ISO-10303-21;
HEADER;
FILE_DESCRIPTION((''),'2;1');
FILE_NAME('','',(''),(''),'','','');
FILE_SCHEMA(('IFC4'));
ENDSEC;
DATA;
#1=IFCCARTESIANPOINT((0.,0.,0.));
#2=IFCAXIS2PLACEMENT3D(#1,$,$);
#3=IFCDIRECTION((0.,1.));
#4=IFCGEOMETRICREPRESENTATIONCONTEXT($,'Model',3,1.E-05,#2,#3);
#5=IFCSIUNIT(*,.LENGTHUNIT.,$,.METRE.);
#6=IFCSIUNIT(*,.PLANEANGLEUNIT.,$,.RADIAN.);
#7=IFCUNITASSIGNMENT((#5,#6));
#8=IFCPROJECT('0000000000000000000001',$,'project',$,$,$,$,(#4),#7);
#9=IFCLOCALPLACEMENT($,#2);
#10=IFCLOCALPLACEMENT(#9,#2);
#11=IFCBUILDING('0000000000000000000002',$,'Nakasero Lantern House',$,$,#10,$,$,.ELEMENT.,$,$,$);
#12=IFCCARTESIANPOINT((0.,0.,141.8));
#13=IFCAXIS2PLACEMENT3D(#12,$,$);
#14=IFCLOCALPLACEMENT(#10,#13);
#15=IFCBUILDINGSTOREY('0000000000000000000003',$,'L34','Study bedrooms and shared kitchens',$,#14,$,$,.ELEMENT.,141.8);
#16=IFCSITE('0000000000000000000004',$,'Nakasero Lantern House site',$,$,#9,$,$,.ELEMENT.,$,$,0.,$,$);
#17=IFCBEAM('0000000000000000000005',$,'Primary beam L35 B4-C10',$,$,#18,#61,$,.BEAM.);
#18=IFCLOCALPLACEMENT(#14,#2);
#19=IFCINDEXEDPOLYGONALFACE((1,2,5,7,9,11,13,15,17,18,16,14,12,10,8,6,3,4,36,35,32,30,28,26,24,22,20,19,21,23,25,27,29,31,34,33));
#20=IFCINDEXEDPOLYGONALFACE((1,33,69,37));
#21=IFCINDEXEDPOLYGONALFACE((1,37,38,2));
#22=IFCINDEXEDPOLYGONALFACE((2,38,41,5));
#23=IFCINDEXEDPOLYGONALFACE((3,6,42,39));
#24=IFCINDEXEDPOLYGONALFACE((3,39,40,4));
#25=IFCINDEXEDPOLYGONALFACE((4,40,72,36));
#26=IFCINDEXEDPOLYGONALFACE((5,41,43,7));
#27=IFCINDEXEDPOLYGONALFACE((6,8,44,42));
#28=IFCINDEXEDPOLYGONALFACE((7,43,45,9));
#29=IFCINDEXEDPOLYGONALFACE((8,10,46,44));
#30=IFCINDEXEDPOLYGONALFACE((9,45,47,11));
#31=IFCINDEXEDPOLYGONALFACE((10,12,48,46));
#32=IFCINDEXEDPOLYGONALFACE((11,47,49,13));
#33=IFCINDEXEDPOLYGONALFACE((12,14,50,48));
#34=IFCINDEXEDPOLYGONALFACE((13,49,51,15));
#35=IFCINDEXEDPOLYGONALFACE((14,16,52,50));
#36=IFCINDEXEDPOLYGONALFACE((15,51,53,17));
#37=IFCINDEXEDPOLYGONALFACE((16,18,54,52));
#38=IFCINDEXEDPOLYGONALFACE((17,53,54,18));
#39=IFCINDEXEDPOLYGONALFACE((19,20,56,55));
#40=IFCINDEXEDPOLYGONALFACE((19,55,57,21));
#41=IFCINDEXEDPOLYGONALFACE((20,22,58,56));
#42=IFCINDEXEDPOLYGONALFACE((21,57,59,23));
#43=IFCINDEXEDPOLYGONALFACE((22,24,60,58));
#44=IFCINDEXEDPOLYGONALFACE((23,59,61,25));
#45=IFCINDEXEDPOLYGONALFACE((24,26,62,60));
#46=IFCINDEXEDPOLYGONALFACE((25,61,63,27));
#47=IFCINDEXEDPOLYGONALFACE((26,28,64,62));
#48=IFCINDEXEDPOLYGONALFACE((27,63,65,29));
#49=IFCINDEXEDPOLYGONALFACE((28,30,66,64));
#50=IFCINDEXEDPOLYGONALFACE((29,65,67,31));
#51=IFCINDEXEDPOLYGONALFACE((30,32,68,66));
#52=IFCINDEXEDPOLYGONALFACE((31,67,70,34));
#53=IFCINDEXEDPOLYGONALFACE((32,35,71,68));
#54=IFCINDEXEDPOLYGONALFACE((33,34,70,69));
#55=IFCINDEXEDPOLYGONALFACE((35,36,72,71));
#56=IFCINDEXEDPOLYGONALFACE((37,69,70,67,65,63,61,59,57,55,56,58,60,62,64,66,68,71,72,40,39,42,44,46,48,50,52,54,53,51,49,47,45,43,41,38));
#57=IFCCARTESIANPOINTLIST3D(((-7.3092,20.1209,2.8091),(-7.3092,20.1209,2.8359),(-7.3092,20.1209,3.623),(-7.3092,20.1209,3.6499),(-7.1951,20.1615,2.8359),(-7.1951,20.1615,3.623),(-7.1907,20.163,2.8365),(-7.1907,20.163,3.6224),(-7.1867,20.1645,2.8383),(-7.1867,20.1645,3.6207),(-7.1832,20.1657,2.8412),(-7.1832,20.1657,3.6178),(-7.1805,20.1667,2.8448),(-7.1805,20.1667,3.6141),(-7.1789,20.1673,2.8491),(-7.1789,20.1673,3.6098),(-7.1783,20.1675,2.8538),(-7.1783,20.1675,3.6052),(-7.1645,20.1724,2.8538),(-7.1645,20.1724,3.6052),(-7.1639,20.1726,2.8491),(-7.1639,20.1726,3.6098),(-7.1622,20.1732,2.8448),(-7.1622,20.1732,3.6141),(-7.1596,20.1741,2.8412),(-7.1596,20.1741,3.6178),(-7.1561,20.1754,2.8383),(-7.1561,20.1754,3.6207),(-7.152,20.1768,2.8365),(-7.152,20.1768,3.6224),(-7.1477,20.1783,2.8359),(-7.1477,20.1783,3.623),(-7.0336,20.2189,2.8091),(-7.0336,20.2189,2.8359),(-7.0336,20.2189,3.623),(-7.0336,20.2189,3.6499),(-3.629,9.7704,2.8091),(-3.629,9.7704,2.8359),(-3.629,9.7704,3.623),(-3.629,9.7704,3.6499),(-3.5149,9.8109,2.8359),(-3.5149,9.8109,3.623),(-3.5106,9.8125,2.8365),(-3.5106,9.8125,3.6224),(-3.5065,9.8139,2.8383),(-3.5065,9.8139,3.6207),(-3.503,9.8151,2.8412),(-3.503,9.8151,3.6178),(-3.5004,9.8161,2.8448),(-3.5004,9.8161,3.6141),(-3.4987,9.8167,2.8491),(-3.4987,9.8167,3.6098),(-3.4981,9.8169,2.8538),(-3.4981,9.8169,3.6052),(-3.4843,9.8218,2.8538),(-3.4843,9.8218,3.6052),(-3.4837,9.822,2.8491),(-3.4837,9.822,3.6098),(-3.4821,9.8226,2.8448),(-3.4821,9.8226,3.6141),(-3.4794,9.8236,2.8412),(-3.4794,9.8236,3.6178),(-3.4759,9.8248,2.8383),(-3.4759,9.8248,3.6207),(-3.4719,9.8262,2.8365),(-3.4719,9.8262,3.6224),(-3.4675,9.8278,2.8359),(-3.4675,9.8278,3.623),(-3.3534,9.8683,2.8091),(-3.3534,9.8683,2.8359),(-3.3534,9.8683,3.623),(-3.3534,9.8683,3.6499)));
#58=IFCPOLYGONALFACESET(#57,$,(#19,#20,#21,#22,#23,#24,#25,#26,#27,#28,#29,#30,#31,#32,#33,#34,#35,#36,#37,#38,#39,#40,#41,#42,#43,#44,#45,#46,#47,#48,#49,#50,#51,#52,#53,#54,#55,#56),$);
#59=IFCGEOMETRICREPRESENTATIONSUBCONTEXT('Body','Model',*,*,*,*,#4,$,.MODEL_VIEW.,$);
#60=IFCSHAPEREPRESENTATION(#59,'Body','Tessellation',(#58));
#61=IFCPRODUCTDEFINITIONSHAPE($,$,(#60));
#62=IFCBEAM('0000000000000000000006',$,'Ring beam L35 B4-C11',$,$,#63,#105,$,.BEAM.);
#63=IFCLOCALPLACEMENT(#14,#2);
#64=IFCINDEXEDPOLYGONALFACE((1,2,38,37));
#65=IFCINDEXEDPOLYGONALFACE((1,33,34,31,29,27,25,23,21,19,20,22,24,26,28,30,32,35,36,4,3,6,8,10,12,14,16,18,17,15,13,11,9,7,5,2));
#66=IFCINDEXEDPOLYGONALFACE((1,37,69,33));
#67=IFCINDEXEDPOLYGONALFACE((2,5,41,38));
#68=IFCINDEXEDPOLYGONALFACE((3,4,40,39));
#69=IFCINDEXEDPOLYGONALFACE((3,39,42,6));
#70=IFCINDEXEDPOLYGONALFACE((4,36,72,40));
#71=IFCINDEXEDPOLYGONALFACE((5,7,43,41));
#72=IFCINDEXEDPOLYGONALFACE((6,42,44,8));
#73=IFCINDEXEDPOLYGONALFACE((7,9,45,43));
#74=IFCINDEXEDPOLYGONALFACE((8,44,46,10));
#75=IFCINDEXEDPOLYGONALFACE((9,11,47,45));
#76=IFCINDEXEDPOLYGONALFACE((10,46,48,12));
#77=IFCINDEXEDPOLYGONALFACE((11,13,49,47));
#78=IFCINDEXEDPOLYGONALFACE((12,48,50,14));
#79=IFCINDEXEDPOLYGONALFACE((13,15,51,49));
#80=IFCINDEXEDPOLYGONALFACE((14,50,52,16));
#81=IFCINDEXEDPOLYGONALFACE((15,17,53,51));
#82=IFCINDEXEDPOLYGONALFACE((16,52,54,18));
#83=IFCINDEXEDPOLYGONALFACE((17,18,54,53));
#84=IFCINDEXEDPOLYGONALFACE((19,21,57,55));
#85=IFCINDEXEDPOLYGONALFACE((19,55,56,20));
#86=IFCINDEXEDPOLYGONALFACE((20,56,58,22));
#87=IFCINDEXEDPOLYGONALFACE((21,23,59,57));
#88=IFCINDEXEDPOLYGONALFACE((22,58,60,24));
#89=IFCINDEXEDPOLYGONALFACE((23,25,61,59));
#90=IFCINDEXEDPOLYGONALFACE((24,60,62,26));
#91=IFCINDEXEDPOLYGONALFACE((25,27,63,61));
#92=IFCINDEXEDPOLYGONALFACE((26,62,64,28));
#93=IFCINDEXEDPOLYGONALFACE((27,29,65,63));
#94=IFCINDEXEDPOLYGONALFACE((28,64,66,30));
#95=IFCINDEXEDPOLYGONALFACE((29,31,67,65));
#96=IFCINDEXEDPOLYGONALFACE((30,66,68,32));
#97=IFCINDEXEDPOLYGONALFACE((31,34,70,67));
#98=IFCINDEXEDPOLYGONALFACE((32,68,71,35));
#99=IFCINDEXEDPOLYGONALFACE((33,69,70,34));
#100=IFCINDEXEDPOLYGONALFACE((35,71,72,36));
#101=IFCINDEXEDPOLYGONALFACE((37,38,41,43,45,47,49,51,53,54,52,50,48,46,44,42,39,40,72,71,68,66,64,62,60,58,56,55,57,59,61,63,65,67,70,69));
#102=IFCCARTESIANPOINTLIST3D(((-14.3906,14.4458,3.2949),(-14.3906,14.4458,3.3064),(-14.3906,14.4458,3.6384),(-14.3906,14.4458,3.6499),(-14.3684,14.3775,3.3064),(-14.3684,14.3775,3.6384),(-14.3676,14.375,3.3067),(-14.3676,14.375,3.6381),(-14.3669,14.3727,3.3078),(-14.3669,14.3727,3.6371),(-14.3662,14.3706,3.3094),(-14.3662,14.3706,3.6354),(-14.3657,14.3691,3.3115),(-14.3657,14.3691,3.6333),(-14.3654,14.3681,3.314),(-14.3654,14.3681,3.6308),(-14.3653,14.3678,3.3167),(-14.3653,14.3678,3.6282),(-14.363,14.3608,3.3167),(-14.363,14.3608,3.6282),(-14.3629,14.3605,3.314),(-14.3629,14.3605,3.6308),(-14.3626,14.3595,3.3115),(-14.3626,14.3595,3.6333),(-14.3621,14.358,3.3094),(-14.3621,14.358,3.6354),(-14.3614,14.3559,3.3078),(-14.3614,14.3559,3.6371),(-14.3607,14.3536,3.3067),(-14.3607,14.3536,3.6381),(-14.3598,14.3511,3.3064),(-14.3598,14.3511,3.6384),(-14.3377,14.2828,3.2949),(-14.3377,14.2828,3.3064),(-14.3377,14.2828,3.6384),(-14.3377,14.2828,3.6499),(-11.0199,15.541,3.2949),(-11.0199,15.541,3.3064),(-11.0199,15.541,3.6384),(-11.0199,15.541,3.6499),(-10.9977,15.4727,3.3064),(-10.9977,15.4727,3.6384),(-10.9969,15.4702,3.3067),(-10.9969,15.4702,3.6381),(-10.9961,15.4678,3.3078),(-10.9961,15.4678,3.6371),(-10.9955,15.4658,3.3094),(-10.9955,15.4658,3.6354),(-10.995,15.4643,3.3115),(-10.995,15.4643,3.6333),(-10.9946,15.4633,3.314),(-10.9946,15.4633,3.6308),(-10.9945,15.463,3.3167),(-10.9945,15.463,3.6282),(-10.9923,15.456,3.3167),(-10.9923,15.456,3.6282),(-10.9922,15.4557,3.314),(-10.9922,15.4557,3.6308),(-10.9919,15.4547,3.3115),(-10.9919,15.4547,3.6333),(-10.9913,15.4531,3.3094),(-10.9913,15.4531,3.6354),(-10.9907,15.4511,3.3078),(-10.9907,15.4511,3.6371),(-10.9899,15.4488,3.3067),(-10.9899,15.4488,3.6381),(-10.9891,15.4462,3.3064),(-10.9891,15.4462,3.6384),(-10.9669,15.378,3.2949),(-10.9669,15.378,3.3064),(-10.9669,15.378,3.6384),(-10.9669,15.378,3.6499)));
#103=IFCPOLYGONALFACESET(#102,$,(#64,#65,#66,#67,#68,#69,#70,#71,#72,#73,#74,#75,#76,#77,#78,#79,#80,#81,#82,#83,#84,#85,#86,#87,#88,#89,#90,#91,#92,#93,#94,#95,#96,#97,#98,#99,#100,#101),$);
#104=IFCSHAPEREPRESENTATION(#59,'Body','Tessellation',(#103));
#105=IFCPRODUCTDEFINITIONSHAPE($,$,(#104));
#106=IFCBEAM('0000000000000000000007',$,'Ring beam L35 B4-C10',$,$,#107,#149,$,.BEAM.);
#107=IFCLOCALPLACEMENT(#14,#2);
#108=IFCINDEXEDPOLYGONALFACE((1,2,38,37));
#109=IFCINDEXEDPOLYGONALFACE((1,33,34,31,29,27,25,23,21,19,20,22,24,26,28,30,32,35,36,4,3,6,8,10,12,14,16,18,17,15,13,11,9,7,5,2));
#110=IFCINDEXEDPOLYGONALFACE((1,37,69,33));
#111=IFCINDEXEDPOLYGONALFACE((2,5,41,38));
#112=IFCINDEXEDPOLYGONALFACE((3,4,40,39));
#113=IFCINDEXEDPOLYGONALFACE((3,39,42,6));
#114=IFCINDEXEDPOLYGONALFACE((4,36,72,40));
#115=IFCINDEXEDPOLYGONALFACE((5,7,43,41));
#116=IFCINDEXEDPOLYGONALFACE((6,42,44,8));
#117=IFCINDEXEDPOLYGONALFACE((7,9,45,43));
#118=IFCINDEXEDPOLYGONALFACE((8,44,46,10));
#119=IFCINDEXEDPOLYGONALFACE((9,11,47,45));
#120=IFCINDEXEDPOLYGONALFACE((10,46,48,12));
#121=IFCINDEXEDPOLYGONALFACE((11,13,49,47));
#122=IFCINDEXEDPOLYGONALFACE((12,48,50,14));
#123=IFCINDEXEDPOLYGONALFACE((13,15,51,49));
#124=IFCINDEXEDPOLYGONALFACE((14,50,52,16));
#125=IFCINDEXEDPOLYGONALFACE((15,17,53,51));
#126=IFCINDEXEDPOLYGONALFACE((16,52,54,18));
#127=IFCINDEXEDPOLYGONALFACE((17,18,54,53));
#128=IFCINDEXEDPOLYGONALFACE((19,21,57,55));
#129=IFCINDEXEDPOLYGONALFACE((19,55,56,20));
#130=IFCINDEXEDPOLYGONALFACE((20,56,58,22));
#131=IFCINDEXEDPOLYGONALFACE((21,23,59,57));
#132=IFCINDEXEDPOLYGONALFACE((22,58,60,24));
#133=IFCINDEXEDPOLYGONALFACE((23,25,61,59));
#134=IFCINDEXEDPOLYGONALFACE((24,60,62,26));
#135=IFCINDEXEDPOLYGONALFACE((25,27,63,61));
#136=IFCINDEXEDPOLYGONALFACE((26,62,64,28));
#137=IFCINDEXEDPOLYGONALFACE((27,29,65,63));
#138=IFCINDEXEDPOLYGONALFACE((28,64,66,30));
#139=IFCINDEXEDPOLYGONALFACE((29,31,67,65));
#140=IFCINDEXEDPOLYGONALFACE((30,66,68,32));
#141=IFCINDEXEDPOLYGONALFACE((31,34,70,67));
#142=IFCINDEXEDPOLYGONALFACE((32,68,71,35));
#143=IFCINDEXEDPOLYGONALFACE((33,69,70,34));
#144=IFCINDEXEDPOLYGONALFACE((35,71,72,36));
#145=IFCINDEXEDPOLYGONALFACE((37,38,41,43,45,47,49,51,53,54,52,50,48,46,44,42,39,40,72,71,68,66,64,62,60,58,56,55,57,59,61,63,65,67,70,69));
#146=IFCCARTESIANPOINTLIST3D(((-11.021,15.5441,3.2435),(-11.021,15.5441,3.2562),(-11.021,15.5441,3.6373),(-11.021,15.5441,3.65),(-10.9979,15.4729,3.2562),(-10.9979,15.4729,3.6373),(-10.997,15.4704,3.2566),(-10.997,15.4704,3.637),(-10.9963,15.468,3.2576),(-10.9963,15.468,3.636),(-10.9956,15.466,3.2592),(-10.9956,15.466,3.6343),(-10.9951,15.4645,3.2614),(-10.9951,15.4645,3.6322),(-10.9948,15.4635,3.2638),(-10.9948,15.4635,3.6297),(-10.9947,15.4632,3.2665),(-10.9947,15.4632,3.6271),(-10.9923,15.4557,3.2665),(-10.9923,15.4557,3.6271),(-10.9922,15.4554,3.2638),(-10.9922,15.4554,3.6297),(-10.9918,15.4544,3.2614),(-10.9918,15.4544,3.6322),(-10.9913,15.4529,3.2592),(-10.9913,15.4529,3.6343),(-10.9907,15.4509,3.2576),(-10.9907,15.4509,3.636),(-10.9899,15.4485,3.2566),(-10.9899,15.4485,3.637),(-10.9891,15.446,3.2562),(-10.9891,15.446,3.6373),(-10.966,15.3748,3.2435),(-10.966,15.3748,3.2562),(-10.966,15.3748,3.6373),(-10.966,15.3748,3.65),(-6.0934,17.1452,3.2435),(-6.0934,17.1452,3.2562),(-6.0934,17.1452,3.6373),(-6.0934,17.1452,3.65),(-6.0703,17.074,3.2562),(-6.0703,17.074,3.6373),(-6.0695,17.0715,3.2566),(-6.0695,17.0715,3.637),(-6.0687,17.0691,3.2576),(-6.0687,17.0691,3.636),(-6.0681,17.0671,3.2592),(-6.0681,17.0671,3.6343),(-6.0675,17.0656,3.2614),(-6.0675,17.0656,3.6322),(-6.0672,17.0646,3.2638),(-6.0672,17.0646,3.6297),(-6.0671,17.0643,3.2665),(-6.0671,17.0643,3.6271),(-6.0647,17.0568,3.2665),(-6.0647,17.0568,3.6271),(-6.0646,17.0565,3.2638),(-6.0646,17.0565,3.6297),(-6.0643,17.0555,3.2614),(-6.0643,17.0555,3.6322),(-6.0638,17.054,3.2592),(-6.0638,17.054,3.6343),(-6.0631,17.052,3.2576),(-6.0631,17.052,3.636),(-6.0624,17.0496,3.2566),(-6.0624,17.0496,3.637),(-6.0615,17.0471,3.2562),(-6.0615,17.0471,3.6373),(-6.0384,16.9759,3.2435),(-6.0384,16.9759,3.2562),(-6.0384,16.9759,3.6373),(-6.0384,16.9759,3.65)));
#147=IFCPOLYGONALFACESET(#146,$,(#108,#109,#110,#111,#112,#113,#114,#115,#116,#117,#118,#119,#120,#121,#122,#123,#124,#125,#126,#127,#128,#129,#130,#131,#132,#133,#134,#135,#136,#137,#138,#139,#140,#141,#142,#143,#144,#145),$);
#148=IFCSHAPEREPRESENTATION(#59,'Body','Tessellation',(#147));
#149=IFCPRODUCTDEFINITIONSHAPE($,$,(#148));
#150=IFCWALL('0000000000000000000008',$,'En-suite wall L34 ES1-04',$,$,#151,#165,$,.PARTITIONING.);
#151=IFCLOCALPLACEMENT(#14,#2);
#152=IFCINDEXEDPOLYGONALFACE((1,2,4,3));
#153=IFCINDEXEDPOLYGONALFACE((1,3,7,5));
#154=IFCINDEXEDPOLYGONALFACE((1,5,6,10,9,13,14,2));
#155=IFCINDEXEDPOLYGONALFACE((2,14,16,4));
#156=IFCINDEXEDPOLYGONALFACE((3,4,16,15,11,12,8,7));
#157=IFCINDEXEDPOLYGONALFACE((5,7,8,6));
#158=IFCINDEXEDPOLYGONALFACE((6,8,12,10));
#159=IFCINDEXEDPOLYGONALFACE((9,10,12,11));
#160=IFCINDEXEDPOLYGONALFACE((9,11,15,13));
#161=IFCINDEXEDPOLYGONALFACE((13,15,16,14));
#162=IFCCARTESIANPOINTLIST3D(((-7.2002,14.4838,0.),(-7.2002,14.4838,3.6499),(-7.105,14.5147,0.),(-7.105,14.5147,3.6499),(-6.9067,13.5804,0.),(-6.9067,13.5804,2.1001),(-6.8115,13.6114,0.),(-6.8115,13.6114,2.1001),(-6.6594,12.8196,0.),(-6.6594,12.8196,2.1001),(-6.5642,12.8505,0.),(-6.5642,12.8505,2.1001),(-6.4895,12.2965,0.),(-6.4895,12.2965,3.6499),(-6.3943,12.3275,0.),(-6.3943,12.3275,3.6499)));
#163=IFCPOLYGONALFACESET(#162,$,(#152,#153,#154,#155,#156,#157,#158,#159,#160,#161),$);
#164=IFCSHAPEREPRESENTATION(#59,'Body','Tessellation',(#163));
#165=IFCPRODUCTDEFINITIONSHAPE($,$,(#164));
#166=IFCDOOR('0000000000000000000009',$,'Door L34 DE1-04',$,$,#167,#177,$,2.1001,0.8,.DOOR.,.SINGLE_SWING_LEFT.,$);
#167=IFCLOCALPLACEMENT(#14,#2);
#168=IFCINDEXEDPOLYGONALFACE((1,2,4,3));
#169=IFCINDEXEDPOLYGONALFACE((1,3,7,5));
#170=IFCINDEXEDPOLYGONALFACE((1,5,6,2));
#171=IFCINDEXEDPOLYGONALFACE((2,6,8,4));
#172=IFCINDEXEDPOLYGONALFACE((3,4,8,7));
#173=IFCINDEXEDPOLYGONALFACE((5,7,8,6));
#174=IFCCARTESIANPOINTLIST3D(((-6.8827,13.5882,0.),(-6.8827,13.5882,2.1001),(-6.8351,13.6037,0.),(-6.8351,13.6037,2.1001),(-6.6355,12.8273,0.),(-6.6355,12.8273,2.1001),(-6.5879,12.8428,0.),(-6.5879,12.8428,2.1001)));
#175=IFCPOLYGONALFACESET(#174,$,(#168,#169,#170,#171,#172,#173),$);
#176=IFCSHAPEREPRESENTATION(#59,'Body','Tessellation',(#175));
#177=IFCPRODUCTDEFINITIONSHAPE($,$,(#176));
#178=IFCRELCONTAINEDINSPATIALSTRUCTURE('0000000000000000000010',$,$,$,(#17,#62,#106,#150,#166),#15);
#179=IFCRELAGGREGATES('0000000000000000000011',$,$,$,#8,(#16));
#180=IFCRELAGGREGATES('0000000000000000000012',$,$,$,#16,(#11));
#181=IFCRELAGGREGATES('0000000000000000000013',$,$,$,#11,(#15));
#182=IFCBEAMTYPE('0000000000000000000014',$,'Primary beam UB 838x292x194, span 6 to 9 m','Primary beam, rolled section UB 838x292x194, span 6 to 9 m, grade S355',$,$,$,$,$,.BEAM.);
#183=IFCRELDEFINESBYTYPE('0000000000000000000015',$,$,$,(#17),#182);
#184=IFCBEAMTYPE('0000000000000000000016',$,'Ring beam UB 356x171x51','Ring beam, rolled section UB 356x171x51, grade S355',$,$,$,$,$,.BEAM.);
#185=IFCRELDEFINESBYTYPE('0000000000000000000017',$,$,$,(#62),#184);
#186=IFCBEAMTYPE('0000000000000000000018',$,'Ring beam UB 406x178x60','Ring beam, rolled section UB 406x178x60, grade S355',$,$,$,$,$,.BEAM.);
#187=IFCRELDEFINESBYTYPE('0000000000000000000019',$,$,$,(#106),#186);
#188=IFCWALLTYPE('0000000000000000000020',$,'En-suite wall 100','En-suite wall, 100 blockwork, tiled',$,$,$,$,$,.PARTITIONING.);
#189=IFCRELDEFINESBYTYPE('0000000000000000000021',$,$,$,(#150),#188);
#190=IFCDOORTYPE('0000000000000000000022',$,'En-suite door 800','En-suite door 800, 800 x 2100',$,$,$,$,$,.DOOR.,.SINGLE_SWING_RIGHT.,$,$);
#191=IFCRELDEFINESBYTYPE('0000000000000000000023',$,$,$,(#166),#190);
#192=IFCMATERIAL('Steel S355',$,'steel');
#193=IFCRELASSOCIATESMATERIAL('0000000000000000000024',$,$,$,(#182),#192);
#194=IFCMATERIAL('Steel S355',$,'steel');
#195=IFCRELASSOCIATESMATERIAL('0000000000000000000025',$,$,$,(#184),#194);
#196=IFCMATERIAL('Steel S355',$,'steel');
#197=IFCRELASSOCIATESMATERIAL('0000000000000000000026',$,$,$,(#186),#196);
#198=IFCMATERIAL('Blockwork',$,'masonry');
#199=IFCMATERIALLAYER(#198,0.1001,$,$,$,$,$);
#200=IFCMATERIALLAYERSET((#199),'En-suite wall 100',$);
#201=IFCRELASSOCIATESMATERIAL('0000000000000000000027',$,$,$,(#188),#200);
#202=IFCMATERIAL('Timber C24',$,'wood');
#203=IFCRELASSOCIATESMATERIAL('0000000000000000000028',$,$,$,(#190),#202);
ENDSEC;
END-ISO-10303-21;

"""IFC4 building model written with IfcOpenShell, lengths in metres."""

from ifc_helpers import new_model, si_unit, direction, frame, frame_2d, origin, origin_2d, place, context, subcontext, project, spatial, rectangle, i_section, extrude, material, layer, layer_set, material_profile, profile_set, type_object, element, fill, save


model = new_model("IFC4")

# Units and contexts
model_context = context("Model", 3, precision=1e-05, world=origin(), true_north=direction((0.0, 1.0)))
body_context = subcontext(model_context, "Body", "Model", "MODEL_VIEW")
ifc_project = project(units=[si_unit("LENGTHUNIT", "METRE"), si_unit("PLANEANGLEUNIT", "RADIAN")], contexts=[model_context])

# Site, building, storey
site_placement = place(None, origin())
site = spatial("IfcSite", under=ifc_project, at=site_placement, Name="Nakasero Lantern House site", CompositionType="ELEMENT", RefElevation=0.0)
building_placement = place(site_placement, origin())
building = spatial("IfcBuilding", under=site, at=building_placement, Name="Nakasero Lantern House", CompositionType="ELEMENT")
storey_placement = place(building_placement, frame((0.0, 0.0, 141.8)))
storey = spatial("IfcBuildingStorey", under=building, at=storey_placement, Name="L34", Description="Study bedrooms and shared kitchens", CompositionType="ELEMENT", Elevation=141.8)

# Beams
ifc_material_1 = material(Name="Steel S355", Category="steel")
ifc_material_profile_1 = material_profile(ifc_material_1, i_section(OverallWidth=0.2925, OverallDepth=0.8408, WebThickness=0.0146, FlangeThickness=0.0269, FilletRadius=0.0178, at=origin_2d()), Name="UB 838x292x194")
ifc_profile_set_1 = profile_set([ifc_material_profile_1], Name="Steel S355")
beam_type_1 = type_object("IfcBeamType", Name="Primary beam UB 838x292x194, span 6 to 9 m", Description="Primary beam, rolled section UB 838x292x194, span 6 to 9 m, grade S355", PredefinedType="BEAM", material=ifc_profile_set_1)
beam_1_placement = place(storey_placement, frame((-7.1714, 20.1699, 3.2295), z_axis=(0.335007, -0.942216, 0.0), x_axis=(0.942216, 0.335007, 0.0)))
element("IfcBeam", 1, at=beam_1_placement, inside=storey, type_object=beam_type_1, Name="Primary beam L35 B4-C10", PredefinedType="BEAM", context=body_context, shape_type="SweptSolid", body=[
    extrude(i_section(OverallWidth=0.2925, OverallDepth=0.8408, WebThickness=0.0146, FlangeThickness=0.0269, FilletRadius=0.0178, at=origin_2d()), origin(), (0.0, 0.0, 1.0), 10.9854),
])
ifc_material_2 = material(Name="Steel S355", Category="steel")
ifc_material_profile_2 = material_profile(ifc_material_2, i_section(OverallWidth=0.1714, OverallDepth=0.355, WebThickness=0.0073, FlangeThickness=0.0115, FilletRadius=0.0103, at=origin_2d()), Name="UB 356x171x51")
ifc_profile_set_2 = profile_set([ifc_material_profile_2], Name="Steel S355")
beam_type_2 = type_object("IfcBeamType", Name="Ring beam UB 356x171x51", Description="Ring beam, rolled section UB 356x171x51, grade S355", PredefinedType="BEAM", material=ifc_profile_set_2)
beam_2_placement = place(storey_placement, frame((-10.9934, 15.4595, 3.4724), z_axis=(-0.95106, -0.309007, 0.0), x_axis=(0.309007, -0.95106, 0.0)))
element("IfcBeam", 2, at=beam_2_placement, inside=storey, type_object=beam_type_2, Name="Ring beam L35 B4-C11", PredefinedType="BEAM", context=body_context, shape_type="SweptSolid", body=[
    extrude(i_section(OverallWidth=0.1714, OverallDepth=0.355, WebThickness=0.0073, FlangeThickness=0.0115, FilletRadius=0.0103, at=origin_2d()), origin(), (0.0, 0.0, 1.0), 3.5442),
])
ifc_material_3 = material(Name="Steel S355", Category="steel")
ifc_material_profile_3 = material_profile(ifc_material_3, i_section(OverallWidth=0.178, OverallDepth=0.4065, WebThickness=0.0078, FlangeThickness=0.0127, FilletRadius=0.0103, at=origin_2d()), Name="UB 406x178x60")
ifc_profile_set_3 = profile_set([ifc_material_profile_3], Name="Steel S355")
beam_type_3 = type_object("IfcBeamType", Name="Ring beam UB 406x178x60", Description="Ring beam, rolled section UB 406x178x60, grade S355", PredefinedType="BEAM", material=ifc_profile_set_3)
beam_3_placement = place(storey_placement, frame((-6.0659, 17.0605, 3.4468), z_axis=(-0.951054, -0.309023, 0.0), x_axis=(0.309023, -0.951054, 0.0)))
element("IfcBeam", 3, at=beam_3_placement, inside=storey, type_object=beam_type_3, Name="Ring beam L35 B4-C10", PredefinedType="BEAM", context=body_context, shape_type="SweptSolid", body=[
    extrude(i_section(OverallWidth=0.178, OverallDepth=0.4065, WebThickness=0.0078, FlangeThickness=0.0127, FilletRadius=0.0103, at=origin_2d()), origin(), (0.0, 0.0, 1.0), 5.1812),
])

# Wall, opening, door
ifc_material_4 = material(Name="Blockwork", Category="masonry")
ifc_layer_1 = layer(ifc_material_4, 0.1001)
ifc_layer_set_1 = layer_set([ifc_layer_1], Name="En-suite wall 100")
wall_type_1 = type_object("IfcWallType", Name="En-suite wall 100", Description="En-suite wall, 100 blockwork, tiled", PredefinedType="PARTITIONING", material=ifc_layer_set_1)
wall_1_placement = place(storey_placement, frame((-6.4419, 12.312, 0.0), z_axis=(0.0, 0.0, 1.0), x_axis=(-0.309021, 0.951055, 0.0)))
wall_1 = element("IfcWall", 4, at=wall_1_placement, inside=storey, type_object=wall_type_1, Name="En-suite wall L34 ES1-04", PredefinedType="PARTITIONING", context=body_context, shape_type="SweptSolid", body=[
    extrude(rectangle(XDim=2.2998, YDim=0.1001, at=frame_2d((1.1499, 0.0))), origin(), (0.0, 0.0, 1.0), 3.6499),
])
opening_1_placement = place(wall_1_placement, frame((0.55, 0.0, 0.0)))
opening_1 = element("IfcOpeningElement", 5, at=opening_1_placement, cuts=wall_1, PredefinedType="OPENING", context=body_context, shape_type="SweptSolid", body=[
    extrude(rectangle(XDim=0.8, YDim=2.1001, at=frame_2d((0.3999, 1.05))), frame((0.0, 0.0701, 0.0), z_axis=(0.0, -1.0, 0.0), x_axis=(1.0, 0.0, 0.0)), (0.0, 0.0, 1.0), 0.1401),
])
ifc_material_5 = material(Name="Timber C24", Category="wood")
door_type = type_object("IfcDoorType", Name="En-suite door 800", Description="En-suite door 800, 800 x 2100", OperationType="SINGLE_SWING_RIGHT", PredefinedType="DOOR", material=ifc_material_5)
door_1_placement = place(opening_1_placement, origin())
door_1 = element("IfcDoor", 6, at=door_1_placement, inside=storey, type_object=door_type, Name="Door L34 DE1-04", OperationType="SINGLE_SWING_LEFT", OverallHeight=2.1001, OverallWidth=0.8, PredefinedType="DOOR", context=body_context, shape_type="SweptSolid", body=[
    extrude(rectangle(XDim=0.8, YDim=2.1001, at=frame_2d((0.3999, 1.05))), frame((0.0, 0.0249, 0.0), z_axis=(0.0, -1.0, 0.0), x_axis=(1.0, 0.0, 0.0)), (0.0, 0.0, 1.0), 0.05),
])
fill(opening_1, door_1)

save(model, "model.ifc")
